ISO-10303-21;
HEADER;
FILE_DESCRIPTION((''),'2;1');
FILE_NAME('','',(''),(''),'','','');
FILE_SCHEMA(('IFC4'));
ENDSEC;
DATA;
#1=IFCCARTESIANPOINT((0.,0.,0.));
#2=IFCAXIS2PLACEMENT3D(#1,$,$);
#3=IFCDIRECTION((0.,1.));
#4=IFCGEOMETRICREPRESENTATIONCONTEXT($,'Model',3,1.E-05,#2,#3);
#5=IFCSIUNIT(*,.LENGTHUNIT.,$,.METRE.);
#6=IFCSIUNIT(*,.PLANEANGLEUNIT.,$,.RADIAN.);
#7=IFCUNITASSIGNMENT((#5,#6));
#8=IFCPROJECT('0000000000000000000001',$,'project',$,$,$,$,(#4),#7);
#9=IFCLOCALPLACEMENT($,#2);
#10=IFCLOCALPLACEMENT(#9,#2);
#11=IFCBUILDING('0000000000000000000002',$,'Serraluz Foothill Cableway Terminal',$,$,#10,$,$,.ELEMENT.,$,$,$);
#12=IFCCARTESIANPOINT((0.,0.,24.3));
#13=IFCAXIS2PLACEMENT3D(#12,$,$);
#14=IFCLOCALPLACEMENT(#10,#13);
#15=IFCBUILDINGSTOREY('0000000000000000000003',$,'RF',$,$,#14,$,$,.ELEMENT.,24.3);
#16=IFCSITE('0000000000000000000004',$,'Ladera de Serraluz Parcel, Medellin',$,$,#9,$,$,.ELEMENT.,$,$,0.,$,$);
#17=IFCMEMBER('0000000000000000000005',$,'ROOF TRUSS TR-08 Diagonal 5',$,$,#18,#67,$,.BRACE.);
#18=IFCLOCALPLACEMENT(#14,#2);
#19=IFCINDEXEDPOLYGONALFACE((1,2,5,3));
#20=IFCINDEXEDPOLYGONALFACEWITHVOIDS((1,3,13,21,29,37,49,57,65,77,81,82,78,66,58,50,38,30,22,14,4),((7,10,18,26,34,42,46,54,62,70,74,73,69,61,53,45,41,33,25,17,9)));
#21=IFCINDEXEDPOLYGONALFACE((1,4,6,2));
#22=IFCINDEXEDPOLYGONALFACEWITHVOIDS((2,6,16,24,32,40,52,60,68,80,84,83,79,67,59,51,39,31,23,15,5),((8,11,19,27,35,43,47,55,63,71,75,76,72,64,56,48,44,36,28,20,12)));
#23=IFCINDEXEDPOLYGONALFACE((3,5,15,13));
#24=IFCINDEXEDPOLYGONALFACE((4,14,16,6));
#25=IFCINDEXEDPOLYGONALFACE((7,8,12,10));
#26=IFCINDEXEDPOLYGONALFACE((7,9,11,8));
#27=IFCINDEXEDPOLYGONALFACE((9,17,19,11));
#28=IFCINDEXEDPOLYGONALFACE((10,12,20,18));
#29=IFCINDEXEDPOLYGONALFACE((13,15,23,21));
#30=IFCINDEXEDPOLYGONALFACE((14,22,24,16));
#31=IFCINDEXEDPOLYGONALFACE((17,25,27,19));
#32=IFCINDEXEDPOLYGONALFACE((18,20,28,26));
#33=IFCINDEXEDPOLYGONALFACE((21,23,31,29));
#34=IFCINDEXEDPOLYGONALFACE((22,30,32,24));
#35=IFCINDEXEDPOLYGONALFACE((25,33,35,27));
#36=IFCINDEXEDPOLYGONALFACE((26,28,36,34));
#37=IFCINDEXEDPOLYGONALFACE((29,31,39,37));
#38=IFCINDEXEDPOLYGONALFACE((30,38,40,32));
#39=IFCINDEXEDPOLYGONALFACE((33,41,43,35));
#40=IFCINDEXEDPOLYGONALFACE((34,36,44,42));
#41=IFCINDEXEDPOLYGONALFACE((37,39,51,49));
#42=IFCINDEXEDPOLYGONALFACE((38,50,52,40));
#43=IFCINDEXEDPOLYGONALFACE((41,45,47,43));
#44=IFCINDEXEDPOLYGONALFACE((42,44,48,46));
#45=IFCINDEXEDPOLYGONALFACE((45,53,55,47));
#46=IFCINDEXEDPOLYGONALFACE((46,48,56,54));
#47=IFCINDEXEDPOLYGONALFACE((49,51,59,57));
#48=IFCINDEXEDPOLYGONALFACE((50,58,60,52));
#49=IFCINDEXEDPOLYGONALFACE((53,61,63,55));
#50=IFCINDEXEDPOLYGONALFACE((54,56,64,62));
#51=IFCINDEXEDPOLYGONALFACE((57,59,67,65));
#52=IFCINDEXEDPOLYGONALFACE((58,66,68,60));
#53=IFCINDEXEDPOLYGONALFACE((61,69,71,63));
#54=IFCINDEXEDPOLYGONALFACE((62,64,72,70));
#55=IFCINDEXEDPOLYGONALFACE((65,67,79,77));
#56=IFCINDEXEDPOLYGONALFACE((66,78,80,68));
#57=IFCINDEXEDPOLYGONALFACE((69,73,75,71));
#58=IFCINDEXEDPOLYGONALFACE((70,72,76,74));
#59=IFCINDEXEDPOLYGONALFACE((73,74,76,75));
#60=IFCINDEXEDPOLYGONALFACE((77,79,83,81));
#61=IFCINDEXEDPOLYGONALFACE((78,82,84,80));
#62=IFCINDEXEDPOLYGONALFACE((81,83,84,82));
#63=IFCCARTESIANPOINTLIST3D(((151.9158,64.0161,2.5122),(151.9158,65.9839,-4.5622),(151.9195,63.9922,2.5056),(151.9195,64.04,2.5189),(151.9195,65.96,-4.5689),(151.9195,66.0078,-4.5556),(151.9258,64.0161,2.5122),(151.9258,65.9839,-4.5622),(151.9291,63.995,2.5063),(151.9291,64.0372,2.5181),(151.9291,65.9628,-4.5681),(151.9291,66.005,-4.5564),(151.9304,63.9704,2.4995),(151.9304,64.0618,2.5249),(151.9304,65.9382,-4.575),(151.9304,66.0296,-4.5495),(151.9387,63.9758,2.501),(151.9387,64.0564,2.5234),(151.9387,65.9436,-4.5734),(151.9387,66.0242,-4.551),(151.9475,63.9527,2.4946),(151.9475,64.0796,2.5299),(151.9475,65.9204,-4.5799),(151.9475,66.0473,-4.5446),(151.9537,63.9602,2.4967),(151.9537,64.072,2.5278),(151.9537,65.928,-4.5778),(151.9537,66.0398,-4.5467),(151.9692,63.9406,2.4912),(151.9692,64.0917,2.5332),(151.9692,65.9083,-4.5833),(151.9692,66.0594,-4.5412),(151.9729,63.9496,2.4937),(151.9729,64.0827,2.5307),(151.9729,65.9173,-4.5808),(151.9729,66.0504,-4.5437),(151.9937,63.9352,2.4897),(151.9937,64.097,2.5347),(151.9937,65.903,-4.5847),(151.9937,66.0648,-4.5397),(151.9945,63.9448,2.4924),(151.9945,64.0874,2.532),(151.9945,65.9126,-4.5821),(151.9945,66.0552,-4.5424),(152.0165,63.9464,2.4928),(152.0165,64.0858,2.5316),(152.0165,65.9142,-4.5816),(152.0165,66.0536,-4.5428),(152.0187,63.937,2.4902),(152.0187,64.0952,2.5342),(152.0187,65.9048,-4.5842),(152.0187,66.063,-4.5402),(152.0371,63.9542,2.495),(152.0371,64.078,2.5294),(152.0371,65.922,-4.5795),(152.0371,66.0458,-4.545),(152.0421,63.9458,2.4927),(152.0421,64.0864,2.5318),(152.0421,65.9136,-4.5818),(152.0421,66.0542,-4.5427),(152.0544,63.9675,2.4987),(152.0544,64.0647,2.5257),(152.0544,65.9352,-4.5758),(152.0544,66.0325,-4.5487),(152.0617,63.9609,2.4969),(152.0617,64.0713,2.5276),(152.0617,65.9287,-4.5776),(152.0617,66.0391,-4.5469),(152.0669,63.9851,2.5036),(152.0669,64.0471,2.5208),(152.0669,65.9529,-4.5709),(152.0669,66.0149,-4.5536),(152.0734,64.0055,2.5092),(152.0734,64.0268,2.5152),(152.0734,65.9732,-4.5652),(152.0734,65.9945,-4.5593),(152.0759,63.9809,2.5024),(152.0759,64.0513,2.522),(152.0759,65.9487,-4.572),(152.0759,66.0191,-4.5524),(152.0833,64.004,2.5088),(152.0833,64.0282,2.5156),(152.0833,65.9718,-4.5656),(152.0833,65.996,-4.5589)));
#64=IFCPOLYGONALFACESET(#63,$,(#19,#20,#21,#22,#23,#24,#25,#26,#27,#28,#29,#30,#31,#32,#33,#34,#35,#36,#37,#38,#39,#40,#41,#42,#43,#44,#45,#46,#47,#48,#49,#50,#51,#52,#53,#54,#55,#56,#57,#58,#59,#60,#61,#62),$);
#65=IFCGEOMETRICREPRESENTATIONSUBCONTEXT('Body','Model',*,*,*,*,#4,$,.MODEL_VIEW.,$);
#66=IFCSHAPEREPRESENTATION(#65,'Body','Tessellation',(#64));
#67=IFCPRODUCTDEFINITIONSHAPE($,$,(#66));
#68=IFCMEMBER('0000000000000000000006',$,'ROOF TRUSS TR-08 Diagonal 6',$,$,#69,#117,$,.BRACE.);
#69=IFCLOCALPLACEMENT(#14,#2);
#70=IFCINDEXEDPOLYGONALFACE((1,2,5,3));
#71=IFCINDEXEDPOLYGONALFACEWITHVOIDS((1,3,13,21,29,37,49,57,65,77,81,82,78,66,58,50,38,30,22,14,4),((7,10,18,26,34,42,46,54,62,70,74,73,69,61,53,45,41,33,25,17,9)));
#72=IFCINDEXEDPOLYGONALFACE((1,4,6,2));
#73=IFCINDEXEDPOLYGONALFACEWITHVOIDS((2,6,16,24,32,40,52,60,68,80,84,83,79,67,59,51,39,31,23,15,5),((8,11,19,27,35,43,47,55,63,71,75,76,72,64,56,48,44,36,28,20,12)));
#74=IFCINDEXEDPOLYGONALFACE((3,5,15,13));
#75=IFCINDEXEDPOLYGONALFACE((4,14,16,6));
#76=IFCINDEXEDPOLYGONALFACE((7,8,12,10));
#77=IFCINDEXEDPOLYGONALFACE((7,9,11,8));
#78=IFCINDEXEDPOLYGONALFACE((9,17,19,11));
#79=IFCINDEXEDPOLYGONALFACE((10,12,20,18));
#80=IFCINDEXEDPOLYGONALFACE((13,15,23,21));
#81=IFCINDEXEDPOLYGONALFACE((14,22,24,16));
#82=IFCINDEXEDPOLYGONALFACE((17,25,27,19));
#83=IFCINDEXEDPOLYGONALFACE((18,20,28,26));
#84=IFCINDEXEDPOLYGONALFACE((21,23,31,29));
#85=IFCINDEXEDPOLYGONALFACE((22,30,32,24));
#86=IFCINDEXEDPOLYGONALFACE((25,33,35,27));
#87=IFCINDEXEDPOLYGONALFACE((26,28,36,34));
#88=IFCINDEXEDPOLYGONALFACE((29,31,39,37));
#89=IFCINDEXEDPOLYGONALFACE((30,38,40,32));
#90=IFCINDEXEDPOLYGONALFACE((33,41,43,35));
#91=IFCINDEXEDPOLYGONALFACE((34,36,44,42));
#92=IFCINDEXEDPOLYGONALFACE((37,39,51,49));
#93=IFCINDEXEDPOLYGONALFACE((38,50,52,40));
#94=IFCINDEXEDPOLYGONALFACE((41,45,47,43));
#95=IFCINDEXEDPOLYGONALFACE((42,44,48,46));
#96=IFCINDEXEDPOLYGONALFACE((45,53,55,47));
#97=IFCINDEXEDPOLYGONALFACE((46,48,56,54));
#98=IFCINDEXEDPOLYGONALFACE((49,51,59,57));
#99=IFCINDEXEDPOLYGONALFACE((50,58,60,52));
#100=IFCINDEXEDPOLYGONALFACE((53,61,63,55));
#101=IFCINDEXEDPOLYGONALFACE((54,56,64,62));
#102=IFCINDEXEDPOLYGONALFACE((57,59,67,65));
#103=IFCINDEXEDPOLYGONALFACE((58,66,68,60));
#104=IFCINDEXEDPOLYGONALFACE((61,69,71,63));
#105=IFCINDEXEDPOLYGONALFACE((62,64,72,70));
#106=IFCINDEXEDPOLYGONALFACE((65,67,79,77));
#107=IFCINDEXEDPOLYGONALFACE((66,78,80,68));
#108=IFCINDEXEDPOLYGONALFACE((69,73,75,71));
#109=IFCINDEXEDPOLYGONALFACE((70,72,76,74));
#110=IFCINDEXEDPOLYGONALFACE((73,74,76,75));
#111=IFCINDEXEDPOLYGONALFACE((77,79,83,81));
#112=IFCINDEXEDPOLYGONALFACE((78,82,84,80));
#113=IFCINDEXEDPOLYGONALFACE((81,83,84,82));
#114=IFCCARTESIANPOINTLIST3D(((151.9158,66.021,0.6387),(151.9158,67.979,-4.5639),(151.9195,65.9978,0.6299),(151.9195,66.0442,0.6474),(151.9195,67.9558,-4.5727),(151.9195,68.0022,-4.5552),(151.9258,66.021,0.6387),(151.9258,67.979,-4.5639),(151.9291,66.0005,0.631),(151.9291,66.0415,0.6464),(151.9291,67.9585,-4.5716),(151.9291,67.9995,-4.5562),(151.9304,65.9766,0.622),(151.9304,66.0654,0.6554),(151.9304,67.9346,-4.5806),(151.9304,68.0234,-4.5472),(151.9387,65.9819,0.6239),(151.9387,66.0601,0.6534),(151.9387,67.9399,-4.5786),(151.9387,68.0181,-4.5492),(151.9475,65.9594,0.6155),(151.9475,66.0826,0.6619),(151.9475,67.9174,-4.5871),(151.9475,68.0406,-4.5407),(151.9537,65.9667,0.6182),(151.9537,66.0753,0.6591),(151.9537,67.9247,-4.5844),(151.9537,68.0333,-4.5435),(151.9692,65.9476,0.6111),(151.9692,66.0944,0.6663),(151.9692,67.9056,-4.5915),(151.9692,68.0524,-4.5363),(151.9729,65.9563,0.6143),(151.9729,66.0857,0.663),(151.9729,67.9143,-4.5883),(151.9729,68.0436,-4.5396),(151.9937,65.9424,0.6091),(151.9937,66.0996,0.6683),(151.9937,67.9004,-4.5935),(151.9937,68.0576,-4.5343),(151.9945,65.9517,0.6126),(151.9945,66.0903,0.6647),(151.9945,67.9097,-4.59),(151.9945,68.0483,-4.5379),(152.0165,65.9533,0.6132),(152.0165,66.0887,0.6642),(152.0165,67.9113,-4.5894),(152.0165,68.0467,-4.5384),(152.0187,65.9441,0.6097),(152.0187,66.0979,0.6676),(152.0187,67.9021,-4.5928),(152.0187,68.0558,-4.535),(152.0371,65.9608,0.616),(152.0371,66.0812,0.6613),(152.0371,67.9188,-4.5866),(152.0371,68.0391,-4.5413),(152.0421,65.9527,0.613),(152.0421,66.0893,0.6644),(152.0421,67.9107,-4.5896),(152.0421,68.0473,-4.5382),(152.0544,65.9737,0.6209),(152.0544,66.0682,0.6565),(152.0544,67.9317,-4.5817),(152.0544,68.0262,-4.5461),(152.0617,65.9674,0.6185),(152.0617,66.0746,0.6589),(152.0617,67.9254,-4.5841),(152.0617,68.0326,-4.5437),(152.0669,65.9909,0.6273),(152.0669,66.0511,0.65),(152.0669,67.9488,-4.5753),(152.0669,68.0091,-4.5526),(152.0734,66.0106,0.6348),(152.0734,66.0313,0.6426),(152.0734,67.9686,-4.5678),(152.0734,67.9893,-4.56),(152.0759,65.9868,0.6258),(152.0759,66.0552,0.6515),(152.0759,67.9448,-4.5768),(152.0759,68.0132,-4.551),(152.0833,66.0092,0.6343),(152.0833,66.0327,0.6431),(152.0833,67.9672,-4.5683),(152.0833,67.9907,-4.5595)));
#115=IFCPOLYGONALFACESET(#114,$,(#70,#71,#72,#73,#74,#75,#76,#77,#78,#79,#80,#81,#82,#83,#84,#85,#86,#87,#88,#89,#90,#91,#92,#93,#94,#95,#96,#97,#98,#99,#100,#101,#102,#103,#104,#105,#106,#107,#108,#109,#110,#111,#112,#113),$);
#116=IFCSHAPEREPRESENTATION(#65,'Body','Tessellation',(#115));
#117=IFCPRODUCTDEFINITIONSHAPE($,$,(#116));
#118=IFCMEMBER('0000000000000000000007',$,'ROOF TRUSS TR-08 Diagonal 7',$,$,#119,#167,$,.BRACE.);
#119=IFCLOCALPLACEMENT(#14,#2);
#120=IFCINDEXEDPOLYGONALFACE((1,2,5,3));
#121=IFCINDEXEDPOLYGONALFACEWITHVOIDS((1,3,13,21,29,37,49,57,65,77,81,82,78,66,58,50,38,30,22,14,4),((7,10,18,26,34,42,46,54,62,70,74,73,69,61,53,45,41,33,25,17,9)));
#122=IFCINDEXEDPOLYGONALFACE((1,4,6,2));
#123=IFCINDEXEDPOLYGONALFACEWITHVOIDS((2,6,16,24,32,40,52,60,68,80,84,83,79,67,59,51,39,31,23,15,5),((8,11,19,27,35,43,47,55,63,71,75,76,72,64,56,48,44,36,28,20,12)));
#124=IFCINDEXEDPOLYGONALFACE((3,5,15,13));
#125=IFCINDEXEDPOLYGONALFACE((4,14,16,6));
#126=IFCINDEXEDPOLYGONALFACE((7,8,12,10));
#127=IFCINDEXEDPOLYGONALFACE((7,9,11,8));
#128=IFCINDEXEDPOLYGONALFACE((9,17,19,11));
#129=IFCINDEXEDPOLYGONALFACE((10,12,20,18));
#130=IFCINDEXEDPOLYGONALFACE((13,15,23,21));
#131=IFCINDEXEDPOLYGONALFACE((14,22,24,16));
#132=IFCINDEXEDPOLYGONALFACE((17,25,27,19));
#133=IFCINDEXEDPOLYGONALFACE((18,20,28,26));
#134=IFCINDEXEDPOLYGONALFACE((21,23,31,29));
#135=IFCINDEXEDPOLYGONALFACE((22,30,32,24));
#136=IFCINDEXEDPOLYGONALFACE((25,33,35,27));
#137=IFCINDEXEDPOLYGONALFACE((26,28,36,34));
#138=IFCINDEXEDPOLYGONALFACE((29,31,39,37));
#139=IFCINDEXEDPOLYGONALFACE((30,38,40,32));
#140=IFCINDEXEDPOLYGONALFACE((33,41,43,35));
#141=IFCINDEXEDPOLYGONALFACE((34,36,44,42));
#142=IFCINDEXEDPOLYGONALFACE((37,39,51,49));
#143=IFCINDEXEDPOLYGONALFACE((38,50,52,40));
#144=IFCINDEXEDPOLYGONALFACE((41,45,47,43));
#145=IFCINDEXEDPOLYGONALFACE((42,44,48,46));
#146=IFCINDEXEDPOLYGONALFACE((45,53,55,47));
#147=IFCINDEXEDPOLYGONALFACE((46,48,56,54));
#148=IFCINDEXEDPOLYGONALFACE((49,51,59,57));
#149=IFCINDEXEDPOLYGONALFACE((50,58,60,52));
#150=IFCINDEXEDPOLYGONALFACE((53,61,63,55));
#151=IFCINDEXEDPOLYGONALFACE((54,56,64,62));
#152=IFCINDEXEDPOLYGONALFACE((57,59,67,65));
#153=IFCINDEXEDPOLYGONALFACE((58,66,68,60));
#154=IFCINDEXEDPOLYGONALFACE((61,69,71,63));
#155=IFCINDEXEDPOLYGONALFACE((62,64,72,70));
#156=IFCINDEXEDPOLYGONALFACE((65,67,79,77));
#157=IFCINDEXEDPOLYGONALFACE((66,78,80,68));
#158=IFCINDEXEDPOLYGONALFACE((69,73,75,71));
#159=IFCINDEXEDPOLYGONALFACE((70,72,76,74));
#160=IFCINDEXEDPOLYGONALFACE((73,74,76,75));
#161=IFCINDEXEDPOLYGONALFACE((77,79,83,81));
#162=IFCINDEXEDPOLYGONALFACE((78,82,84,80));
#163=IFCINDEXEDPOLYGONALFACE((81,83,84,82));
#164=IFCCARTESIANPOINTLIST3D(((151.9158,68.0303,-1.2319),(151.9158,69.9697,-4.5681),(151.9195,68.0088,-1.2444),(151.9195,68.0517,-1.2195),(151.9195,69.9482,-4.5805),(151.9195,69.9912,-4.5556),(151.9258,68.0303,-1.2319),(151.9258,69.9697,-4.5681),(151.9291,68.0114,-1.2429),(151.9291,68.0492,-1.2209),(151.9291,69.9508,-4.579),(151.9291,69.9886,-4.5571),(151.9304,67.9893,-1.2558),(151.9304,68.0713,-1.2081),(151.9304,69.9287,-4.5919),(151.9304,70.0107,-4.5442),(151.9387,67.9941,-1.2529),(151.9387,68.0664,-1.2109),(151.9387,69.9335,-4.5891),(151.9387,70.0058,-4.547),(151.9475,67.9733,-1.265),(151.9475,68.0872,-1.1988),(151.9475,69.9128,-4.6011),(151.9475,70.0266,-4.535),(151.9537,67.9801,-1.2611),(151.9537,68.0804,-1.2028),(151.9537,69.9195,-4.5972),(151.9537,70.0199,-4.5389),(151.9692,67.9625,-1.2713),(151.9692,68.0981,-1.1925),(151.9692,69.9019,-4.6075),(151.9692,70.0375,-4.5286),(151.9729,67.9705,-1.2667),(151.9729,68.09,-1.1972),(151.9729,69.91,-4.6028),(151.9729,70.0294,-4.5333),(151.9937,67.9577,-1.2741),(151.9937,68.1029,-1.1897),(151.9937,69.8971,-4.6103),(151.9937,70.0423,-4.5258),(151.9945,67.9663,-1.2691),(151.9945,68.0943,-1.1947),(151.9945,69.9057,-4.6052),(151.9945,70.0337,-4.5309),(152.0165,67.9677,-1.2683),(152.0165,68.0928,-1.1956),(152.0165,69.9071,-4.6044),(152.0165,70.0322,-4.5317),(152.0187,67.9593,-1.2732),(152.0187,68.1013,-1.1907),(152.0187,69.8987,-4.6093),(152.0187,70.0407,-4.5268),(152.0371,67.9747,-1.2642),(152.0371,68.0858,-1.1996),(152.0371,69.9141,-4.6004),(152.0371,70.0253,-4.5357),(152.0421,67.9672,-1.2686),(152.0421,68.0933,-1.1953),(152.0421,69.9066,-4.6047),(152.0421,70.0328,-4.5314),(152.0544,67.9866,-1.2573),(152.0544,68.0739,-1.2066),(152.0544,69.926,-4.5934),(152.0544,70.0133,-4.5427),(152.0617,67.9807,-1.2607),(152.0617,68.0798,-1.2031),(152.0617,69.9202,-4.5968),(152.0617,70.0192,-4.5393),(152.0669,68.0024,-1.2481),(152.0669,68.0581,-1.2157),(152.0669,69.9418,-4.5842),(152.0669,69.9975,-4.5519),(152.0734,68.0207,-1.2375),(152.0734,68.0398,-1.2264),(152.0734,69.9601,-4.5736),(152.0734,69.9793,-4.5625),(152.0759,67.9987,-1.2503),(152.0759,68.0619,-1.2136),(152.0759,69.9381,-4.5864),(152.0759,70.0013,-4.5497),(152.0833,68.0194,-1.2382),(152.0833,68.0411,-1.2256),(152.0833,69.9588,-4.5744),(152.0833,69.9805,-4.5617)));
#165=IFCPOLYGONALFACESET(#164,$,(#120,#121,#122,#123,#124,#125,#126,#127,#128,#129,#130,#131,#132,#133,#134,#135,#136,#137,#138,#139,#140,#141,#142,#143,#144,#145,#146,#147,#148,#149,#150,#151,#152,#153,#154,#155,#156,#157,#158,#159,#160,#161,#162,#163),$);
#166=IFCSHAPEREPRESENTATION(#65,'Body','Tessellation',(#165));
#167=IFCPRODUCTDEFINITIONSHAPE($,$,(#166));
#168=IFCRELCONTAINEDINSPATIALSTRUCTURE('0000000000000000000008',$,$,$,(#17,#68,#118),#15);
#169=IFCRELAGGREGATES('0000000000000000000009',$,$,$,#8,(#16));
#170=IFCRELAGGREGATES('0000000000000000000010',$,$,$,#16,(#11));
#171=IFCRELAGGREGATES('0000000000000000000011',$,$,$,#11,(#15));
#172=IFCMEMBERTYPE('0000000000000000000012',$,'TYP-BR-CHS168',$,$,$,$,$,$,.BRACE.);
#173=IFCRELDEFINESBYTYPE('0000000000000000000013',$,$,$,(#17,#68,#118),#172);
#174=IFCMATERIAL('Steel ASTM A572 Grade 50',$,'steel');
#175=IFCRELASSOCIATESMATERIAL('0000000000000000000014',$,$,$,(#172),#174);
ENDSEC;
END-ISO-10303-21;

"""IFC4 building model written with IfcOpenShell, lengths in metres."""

from ifc_helpers import new_model, si_unit, direction, frame, origin, origin_2d, place, context, subcontext, project, spatial, hollow_circle, extrude, material, material_profile, profile_set, type_object, element, save


model = new_model("IFC4")

# Units and contexts
model_context = context("Model", 3, precision=1e-05, world=origin(), true_north=direction((0.0, 1.0)))
body_context = subcontext(model_context, "Body", "Model", "MODEL_VIEW")
ifc_project = project(units=[si_unit("LENGTHUNIT", "METRE"), si_unit("PLANEANGLEUNIT", "RADIAN")], contexts=[model_context])

# Site, building, storey
site_placement = place(None, origin())
site = spatial("IfcSite", under=ifc_project, at=site_placement, Name="Ladera de Serraluz Parcel, Medellin", CompositionType="ELEMENT", RefElevation=0.0)
building_placement = place(site_placement, origin())
building = spatial("IfcBuilding", under=site, at=building_placement, Name="Serraluz Foothill Cableway Terminal", CompositionType="ELEMENT")
storey_placement = place(building_placement, frame((0.0, 0.0, 24.3)))
storey = spatial("IfcBuildingStorey", under=building, at=storey_placement, Name="RF", CompositionType="ELEMENT", Elevation=24.3)

# Members
ifc_material_1 = material(Name="Steel ASTM A572 Grade 50", Category="steel")
ifc_material_profile_1 = material_profile(ifc_material_1, hollow_circle(Radius=0.0842, WallThickness=0.01, at=origin_2d()), Name="CHS168X10")
ifc_profile_set_1 = profile_set([ifc_material_profile_1], Name="Steel ASTM A572 Grade 50")
member_type_1 = type_object("IfcMemberType", Name="TYP-BR-CHS168", PredefinedType="BRACE", material=ifc_profile_set_1)
member_1_placement = place(storey_placement, frame((152.0, 64.0161, 2.5122), z_axis=(0.0, 0.267978, -0.963425), x_axis=(-1.0, 0.0, 0.0)))
element("IfcMember", 1, at=member_1_placement, inside=storey, type_object=member_type_1, Name="ROOF TRUSS TR-08 Diagonal 5", PredefinedType="BRACE", context=body_context, shape_type="SweptSolid", body=[
    extrude(hollow_circle(Radius=0.0842, WallThickness=0.01, at=origin_2d()), origin(), (0.0, 0.0, 1.0), 7.343),
])
member_2_placement = place(storey_placement, frame((152.0, 66.021, 0.6387), z_axis=(0.0, 0.35223, -0.935913), x_axis=(-1.0, 0.0, 0.0)))
element("IfcMember", 2, at=member_2_placement, inside=storey, type_object=member_type_1, Name="ROOF TRUSS TR-08 Diagonal 6", PredefinedType="BRACE", context=body_context, shape_type="SweptSolid", body=[
    extrude(hollow_circle(Radius=0.0842, WallThickness=0.01, at=origin_2d()), origin(), (0.0, 0.0, 1.0), 5.5588),
])
member_3_placement = place(storey_placement, frame((152.0, 68.0303, -1.2319), z_axis=(0.0, 0.502584, -0.864528), x_axis=(-1.0, 0.0, 0.0)))
element("IfcMember", 3, at=member_3_placement, inside=storey, type_object=member_type_1, Name="ROOF TRUSS TR-08 Diagonal 7", PredefinedType="BRACE", context=body_context, shape_type="SweptSolid", body=[
    extrude(hollow_circle(Radius=0.0842, WallThickness=0.01, at=origin_2d()), origin(), (0.0, 0.0, 1.0), 3.8589),
])

save(model, "model.ifc")
